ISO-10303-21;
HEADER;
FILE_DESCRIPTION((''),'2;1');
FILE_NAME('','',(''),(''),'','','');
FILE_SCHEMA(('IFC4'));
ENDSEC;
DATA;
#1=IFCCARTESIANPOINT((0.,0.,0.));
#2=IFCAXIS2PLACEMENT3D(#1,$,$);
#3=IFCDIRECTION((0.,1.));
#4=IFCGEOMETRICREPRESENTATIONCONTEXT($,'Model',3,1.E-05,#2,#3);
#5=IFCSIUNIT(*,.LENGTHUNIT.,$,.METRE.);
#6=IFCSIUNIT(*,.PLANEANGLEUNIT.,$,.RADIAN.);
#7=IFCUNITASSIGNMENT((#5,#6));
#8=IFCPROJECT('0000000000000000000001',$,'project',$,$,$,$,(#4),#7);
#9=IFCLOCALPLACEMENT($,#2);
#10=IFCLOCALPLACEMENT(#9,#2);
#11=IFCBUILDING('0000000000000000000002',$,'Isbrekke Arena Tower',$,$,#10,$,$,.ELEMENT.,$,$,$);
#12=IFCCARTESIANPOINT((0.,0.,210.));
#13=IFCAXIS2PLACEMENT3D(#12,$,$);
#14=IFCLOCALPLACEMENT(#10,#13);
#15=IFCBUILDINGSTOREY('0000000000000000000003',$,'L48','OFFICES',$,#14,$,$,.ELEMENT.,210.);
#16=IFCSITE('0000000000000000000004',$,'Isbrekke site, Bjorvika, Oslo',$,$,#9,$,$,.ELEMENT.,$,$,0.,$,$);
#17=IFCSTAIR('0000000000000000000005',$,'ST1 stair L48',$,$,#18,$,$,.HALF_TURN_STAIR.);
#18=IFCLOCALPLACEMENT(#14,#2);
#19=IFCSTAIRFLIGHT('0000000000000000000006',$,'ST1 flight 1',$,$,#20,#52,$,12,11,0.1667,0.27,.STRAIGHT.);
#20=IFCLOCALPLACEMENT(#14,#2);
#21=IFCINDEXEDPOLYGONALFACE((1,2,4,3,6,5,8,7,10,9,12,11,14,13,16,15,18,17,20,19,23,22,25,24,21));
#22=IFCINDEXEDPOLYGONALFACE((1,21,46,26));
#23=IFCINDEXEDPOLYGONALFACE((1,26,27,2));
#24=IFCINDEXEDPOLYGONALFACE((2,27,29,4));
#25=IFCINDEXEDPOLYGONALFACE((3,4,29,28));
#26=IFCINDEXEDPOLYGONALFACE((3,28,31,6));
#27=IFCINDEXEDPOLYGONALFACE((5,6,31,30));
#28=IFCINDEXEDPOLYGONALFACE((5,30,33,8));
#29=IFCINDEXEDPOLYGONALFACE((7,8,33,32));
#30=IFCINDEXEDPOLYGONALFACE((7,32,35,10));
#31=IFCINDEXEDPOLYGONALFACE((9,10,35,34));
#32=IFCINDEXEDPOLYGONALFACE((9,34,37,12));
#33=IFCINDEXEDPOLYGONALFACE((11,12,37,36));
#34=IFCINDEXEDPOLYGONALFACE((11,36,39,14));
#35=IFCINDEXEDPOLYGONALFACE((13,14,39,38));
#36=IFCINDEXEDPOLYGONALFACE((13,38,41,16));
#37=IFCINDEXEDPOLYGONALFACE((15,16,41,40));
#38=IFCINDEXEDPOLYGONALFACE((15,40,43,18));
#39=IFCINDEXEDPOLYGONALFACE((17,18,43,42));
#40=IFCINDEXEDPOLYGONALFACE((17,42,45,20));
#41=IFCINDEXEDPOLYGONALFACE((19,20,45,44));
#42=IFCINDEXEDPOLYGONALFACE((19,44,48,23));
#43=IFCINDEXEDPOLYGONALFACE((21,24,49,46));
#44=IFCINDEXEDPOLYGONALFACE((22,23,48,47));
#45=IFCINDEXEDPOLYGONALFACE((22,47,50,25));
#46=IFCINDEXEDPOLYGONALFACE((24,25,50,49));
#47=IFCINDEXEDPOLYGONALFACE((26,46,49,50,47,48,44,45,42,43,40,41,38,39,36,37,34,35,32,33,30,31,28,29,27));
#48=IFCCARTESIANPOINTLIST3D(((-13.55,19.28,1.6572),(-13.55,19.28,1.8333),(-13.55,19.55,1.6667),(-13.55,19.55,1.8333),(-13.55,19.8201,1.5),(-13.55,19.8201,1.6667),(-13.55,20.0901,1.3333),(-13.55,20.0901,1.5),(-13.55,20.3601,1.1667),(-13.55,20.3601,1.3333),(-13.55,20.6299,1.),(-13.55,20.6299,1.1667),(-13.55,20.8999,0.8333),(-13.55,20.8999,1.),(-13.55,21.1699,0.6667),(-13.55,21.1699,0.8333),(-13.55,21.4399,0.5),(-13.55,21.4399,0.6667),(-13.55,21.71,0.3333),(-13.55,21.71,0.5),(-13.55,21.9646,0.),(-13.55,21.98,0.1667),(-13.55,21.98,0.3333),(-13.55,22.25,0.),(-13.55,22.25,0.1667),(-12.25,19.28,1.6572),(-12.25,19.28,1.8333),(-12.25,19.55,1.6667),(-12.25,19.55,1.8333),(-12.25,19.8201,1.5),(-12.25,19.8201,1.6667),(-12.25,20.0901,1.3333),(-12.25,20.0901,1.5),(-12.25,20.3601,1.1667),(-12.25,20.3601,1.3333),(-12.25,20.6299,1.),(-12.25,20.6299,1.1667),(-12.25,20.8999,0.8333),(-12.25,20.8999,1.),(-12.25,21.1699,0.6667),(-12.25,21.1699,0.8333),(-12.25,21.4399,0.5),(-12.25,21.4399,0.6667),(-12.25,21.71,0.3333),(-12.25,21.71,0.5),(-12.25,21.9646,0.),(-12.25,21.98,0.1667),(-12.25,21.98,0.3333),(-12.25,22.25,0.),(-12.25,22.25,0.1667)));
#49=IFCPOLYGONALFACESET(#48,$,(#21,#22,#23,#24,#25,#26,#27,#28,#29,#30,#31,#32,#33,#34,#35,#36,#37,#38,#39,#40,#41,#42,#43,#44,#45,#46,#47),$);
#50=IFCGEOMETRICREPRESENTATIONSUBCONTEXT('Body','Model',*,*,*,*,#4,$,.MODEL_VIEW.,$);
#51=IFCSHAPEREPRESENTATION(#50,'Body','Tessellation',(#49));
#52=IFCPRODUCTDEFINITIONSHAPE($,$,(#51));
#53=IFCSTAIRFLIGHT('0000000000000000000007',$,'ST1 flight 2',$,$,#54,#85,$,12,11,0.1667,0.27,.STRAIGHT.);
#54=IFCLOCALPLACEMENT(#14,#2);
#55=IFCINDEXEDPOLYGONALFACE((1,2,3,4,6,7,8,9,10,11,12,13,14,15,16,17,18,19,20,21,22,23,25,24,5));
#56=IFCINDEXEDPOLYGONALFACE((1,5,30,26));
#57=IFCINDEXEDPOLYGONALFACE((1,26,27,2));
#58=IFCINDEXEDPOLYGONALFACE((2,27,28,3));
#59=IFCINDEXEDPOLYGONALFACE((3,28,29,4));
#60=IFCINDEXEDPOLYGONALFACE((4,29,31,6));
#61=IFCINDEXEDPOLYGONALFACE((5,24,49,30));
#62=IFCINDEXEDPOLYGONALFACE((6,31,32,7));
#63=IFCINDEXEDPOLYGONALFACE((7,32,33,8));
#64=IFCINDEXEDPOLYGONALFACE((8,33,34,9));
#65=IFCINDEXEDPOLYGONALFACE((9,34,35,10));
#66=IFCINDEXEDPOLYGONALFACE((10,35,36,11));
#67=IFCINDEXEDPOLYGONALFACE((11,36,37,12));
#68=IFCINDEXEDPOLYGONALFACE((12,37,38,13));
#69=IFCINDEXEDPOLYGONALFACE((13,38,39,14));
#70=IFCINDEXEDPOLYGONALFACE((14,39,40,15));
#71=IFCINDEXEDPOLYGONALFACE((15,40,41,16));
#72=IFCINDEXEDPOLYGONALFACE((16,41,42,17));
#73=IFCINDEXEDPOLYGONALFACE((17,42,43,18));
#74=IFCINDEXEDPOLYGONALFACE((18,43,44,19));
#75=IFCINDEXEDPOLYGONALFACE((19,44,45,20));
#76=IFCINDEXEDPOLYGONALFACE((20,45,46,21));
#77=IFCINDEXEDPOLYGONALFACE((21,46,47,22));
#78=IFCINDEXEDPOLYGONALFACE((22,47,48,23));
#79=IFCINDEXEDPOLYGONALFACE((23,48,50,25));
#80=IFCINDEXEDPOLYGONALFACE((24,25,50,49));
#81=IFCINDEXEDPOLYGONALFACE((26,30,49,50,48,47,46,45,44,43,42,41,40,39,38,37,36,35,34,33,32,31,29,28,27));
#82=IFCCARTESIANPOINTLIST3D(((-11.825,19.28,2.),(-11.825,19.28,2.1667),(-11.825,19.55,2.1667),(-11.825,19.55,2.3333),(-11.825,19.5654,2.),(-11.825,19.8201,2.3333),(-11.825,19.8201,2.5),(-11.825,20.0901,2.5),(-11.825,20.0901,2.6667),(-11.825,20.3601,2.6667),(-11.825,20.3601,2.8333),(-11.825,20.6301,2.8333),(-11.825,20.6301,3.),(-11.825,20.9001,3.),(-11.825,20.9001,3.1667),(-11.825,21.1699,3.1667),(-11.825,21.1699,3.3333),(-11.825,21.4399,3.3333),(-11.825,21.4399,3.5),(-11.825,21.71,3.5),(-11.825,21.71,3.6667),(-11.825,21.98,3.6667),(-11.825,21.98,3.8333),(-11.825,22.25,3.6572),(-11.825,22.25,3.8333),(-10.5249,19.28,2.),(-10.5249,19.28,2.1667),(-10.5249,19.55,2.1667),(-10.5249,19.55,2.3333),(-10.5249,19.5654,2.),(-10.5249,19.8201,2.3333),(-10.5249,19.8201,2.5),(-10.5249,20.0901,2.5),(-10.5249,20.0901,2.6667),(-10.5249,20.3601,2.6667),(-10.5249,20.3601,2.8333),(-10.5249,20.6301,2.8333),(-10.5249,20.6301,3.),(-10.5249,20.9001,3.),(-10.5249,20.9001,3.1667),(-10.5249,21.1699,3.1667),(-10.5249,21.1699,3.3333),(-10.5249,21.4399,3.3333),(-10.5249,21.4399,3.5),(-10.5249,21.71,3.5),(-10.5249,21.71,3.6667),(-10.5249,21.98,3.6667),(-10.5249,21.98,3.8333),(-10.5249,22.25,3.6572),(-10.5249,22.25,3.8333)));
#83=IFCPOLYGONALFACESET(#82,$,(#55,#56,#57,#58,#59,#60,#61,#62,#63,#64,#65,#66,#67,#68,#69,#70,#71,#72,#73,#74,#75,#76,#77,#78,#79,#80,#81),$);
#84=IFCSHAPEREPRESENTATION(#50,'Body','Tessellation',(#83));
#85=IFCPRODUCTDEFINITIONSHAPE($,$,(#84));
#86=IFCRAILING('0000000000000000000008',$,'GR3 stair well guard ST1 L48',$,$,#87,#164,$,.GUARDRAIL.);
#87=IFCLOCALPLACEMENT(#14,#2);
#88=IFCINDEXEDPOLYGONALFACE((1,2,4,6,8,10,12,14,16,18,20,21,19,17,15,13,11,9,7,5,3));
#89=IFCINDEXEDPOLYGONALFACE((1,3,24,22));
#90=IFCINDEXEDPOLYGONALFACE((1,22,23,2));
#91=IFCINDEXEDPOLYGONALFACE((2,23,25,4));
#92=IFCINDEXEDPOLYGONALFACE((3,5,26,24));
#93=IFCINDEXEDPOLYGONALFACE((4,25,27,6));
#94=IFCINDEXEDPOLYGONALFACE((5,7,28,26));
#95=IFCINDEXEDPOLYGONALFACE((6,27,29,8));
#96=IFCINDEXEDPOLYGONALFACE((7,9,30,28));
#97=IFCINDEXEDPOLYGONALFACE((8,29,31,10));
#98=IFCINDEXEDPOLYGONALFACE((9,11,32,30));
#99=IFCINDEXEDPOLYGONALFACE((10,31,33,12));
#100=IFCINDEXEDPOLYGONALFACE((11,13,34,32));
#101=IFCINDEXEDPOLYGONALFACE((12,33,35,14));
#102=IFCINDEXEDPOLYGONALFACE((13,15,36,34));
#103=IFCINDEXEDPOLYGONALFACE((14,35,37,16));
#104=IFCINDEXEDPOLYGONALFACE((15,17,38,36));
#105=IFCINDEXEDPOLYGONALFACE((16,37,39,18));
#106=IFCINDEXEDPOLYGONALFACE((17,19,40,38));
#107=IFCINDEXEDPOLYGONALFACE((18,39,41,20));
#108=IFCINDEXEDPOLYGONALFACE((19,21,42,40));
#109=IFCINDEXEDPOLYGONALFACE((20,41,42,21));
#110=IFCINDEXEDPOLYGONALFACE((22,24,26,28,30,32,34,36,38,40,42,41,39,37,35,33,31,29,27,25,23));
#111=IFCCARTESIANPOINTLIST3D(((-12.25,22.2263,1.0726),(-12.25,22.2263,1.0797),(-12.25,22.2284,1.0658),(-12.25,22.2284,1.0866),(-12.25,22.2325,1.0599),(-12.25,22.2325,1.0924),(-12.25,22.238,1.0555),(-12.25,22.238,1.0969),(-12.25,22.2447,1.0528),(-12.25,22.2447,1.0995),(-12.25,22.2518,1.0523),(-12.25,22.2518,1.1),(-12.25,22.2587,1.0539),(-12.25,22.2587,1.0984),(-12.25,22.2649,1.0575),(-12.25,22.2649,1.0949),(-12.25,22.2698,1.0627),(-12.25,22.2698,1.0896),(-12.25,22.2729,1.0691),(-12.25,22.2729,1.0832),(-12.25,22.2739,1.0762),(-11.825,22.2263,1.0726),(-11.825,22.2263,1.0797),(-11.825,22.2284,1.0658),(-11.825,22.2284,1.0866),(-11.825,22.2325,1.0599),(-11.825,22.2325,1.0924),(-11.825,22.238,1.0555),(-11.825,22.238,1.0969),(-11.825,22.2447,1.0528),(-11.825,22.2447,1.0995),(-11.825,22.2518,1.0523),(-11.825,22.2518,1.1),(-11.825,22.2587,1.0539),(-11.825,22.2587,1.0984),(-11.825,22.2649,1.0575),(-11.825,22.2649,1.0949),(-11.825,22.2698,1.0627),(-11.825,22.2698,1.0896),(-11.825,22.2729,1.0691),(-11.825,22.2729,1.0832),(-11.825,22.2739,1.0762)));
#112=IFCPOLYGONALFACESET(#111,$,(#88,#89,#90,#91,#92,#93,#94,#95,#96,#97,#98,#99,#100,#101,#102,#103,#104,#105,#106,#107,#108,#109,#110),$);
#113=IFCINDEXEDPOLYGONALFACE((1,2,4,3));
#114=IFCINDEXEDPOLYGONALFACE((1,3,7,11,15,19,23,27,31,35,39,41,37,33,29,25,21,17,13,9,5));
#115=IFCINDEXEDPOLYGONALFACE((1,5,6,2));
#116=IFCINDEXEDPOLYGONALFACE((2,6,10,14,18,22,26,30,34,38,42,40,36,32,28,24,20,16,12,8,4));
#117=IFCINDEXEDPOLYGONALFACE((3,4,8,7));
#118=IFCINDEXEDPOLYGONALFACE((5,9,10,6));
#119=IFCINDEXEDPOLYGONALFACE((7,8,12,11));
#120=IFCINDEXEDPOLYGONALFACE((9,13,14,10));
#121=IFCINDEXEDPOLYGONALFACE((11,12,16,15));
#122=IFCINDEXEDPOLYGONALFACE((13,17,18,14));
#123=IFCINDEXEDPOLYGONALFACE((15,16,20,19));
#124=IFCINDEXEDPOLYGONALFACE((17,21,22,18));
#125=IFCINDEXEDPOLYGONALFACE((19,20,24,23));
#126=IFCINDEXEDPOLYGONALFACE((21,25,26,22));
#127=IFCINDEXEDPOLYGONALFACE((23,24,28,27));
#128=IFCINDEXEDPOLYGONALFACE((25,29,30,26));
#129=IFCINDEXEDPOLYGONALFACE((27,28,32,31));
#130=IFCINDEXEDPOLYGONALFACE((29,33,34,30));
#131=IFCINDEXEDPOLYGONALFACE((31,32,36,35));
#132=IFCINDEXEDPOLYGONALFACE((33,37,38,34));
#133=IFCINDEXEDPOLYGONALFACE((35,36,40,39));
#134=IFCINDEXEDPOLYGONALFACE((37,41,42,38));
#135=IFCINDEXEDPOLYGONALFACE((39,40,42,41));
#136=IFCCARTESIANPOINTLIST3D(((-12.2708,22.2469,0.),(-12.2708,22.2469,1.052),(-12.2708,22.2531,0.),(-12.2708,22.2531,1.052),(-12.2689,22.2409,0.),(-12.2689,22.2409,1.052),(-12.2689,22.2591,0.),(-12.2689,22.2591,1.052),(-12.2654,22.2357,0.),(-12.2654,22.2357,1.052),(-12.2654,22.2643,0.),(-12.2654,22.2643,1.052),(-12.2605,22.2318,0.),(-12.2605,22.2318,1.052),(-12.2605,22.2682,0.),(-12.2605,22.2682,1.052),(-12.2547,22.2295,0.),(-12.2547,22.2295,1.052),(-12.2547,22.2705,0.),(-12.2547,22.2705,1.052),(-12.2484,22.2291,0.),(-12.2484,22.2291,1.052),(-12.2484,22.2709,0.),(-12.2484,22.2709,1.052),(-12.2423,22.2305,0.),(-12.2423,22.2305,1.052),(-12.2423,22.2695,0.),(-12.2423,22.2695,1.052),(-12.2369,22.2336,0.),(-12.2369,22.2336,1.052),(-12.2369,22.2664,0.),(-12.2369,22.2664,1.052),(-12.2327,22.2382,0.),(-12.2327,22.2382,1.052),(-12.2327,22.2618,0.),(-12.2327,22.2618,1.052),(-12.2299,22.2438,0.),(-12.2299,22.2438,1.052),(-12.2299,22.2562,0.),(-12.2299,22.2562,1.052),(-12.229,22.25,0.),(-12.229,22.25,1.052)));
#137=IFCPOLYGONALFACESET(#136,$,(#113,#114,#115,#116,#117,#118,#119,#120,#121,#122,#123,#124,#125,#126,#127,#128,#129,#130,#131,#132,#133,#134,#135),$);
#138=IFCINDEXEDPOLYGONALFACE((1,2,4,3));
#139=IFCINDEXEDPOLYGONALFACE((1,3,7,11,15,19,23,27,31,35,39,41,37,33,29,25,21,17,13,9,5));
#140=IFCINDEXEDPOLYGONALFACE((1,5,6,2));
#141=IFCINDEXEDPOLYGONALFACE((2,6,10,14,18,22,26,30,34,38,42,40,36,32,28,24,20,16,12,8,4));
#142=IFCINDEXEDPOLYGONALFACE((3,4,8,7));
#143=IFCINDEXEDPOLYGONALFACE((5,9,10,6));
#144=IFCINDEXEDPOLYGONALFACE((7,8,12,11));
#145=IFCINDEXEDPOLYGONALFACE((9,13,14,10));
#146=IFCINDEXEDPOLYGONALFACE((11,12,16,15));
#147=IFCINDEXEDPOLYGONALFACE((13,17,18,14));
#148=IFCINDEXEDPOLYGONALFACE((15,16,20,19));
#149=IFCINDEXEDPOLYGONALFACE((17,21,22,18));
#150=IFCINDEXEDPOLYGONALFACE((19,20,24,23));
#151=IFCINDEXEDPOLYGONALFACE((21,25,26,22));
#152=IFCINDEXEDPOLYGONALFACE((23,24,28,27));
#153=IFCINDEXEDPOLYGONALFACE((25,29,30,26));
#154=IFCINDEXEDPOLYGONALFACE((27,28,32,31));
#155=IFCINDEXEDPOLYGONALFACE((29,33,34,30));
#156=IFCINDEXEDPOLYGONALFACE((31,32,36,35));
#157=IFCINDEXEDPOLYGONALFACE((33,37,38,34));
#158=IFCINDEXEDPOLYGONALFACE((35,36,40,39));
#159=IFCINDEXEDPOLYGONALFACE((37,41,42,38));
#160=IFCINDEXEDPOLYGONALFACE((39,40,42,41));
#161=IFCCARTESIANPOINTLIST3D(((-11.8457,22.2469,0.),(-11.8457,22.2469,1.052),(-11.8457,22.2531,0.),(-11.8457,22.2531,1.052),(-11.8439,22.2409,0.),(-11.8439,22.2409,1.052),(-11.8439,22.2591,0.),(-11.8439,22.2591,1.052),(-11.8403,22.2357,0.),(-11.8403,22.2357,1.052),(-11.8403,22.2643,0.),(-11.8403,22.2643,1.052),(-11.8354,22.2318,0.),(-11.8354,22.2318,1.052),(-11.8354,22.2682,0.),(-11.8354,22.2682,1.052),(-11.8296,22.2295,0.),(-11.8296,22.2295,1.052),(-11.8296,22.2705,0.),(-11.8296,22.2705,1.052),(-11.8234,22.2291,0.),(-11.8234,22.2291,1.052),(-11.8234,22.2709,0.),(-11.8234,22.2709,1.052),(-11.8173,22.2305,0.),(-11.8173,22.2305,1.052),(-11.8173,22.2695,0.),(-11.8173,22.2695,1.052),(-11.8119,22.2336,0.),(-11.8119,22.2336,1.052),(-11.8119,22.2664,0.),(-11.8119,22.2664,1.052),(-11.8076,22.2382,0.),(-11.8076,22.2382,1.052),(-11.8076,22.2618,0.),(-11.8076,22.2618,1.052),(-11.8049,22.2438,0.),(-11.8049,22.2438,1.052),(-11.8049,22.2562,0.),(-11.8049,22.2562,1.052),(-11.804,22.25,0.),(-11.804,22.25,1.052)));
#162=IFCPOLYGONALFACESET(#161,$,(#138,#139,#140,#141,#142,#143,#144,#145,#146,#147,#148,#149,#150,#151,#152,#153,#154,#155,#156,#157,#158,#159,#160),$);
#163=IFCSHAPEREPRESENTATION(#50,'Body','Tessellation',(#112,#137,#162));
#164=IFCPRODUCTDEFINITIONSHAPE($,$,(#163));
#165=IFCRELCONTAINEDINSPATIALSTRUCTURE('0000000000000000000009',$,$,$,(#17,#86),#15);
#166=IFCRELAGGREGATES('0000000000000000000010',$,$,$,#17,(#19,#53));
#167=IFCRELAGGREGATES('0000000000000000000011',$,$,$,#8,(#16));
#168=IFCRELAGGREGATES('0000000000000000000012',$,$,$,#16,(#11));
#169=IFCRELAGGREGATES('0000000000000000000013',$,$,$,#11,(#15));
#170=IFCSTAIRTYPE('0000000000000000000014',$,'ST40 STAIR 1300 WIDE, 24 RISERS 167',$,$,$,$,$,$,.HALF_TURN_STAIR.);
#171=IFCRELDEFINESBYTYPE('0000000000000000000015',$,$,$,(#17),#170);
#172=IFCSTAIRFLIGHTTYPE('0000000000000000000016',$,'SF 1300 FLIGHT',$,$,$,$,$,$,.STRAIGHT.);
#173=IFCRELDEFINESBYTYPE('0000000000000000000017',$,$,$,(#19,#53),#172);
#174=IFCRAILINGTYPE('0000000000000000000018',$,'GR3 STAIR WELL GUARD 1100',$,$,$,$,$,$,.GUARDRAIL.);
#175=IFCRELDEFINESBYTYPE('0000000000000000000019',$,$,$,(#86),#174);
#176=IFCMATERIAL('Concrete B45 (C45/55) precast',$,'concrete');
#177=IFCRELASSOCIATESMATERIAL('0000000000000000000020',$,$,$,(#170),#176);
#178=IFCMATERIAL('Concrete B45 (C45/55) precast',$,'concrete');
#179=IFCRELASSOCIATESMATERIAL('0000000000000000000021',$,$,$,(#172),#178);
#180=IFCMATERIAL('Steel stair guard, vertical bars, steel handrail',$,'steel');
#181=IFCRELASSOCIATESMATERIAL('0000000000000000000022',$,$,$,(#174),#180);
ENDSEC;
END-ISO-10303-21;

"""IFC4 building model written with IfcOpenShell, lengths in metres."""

from ifc_helpers import new_model, si_unit, direction, frame, origin, origin_2d, place, context, subcontext, project, spatial, polyline, circle, outline, extrude, material, type_object, element, aggregate, save


model = new_model("IFC4")

# Units and contexts
model_context = context("Model", 3, precision=1e-05, world=origin(), true_north=direction((0.0, 1.0)))
body_context = subcontext(model_context, "Body", "Model", "MODEL_VIEW")
ifc_project = project(units=[si_unit("LENGTHUNIT", "METRE"), si_unit("PLANEANGLEUNIT", "RADIAN")], contexts=[model_context])

# Site, building, storey
site_placement = place(None, origin())
site = spatial("IfcSite", under=ifc_project, at=site_placement, Name="Isbrekke site, Bjorvika, Oslo", CompositionType="ELEMENT", RefElevation=0.0)
building_placement = place(site_placement, origin())
building = spatial("IfcBuilding", under=site, at=building_placement, Name="Isbrekke Arena Tower", CompositionType="ELEMENT")
storey_placement = place(building_placement, frame((0.0, 0.0, 210.0)))
storey = spatial("IfcBuildingStorey", under=building, at=storey_placement, Name="L48", Description="OFFICES", CompositionType="ELEMENT", Elevation=210.0)

# Stair, stair flights
ifc_material_1 = material(Name="Concrete B45 (C45/55) precast", Category="concrete")
stair_type = type_object("IfcStairType", Name="ST40 STAIR 1300 WIDE, 24 RISERS 167", PredefinedType="HALF_TURN_STAIR", material=ifc_material_1)
stair_placement = place(storey_placement, origin())
stair = element("IfcStair", 1, at=stair_placement, inside=storey, type_object=stair_type, Name="ST1 stair L48", PredefinedType="HALF_TURN_STAIR")
ifc_material_2 = material(Name="Concrete B45 (C45/55) precast", Category="concrete")
stair_flight_type = type_object("IfcStairFlightType", Name="SF 1300 FLIGHT", PredefinedType="STRAIGHT", material=ifc_material_2)
stair_flight_1_placement = place(storey_placement, frame((-12.8999, 22.25, 0.0), z_axis=(0.0, 0.0, 1.0), x_axis=(0.0, -1.0, 0.0)))
stair_flight_1 = element("IfcStairFlight", 2, at=stair_flight_1_placement, type_object=stair_flight_type, Name="ST1 flight 1", NumberOfRisers=12, NumberOfTreads=11, PredefinedType="STRAIGHT", RiserHeight=0.1667, TreadLength=0.27, context=body_context, shape_type="SweptSolid", body=[
    extrude(outline(polyline([(0.0, 0.0), (0.0, 0.1667), (0.27, 0.1667), (0.27, 0.3333), (0.54, 0.3333), (0.54, 0.5), (0.8101, 0.5), (0.8101, 0.6667), (1.0801, 0.6667), (1.0801, 0.8333), (1.3501, 0.8333), (1.3501, 1.0), (1.6201, 1.0), (1.6201, 1.1667), (1.8899, 1.1667), (1.8899, 1.3333), (2.1599, 1.3333), (2.1599, 1.5), (2.4299, 1.5), (2.4299, 1.6667), (2.7, 1.6667), (2.7, 1.8333), (2.97, 1.8333), (2.97, 2.0), (2.97, 1.6572), (0.2854, 0.0), (0.0, 0.0)])), frame((0.0, 0.6499, 0.0), z_axis=(0.0, -1.0, 0.0), x_axis=(1.0, 0.0, 0.0)), (0.0, 0.0, 1.0), 1.3),
])
stair_flight_2_placement = place(storey_placement, frame((-11.175, 19.28, 2.0), z_axis=(0.0, 0.0, 1.0), x_axis=(0.0, 1.0, 0.0)))
stair_flight_2 = element("IfcStairFlight", 3, at=stair_flight_2_placement, type_object=stair_flight_type, Name="ST1 flight 2", NumberOfRisers=12, NumberOfTreads=11, PredefinedType="STRAIGHT", RiserHeight=0.1667, TreadLength=0.27, context=body_context, shape_type="SweptSolid", body=[
    extrude(outline(polyline([(0.0, 0.0), (0.0, 0.1667), (0.27, 0.1667), (0.27, 0.3333), (0.54, 0.3333), (0.54, 0.5), (0.8101, 0.5), (0.8101, 0.6667), (1.0801, 0.6667), (1.0801, 0.8333), (1.3501, 0.8333), (1.3501, 1.0), (1.6201, 1.0), (1.6201, 1.1667), (1.8899, 1.1667), (1.8899, 1.3333), (2.1599, 1.3333), (2.1599, 1.5), (2.4299, 1.5), (2.4299, 1.6667), (2.7, 1.6667), (2.7, 1.8333), (2.97, 1.8333), (2.97, 2.0), (2.97, 1.6572), (0.2854, 0.0), (0.0, 0.0)])), frame((0.0, 0.6499, 0.0), z_axis=(0.0, -1.0, 0.0), x_axis=(1.0, 0.0, 0.0)), (0.0, 0.0, 1.0), 1.3),
])
aggregate(stair, [stair_flight_1, stair_flight_2])

# Railing
ifc_material_3 = material(Name="Steel stair guard, vertical bars, steel handrail", Category="steel")
railing_type = type_object("IfcRailingType", Name="GR3 STAIR WELL GUARD 1100", PredefinedType="GUARDRAIL", material=ifc_material_3)
for number, where, name in (
    (4, (-12.25, 22.25, 0.0), "GR3 stair well guard ST1 L48"),
):
    element("IfcRailing", number, at=place(storey_placement, frame(where)), inside=storey, type_object=railing_type, Name=name, PredefinedType="GUARDRAIL", context=body_context, shape_type="SweptSolid", body=[
        extrude(circle(Radius=0.0239, at=origin_2d()), frame((0.0, 0.0, 1.0762), z_axis=(1.0, 0.0, 0.0), x_axis=(0.0, 1.0, 0.0)), (0.0, 0.0, 1.0), 0.425),
        extrude(circle(Radius=0.021, at=origin_2d()), origin(), (0.0, 0.0, 1.0), 1.052),
        extrude(circle(Radius=0.021, at=origin_2d()), frame((0.425, 0.0, 0.0)), (0.0, 0.0, 1.0), 1.052),
    ])

save(model, "model.ifc")
